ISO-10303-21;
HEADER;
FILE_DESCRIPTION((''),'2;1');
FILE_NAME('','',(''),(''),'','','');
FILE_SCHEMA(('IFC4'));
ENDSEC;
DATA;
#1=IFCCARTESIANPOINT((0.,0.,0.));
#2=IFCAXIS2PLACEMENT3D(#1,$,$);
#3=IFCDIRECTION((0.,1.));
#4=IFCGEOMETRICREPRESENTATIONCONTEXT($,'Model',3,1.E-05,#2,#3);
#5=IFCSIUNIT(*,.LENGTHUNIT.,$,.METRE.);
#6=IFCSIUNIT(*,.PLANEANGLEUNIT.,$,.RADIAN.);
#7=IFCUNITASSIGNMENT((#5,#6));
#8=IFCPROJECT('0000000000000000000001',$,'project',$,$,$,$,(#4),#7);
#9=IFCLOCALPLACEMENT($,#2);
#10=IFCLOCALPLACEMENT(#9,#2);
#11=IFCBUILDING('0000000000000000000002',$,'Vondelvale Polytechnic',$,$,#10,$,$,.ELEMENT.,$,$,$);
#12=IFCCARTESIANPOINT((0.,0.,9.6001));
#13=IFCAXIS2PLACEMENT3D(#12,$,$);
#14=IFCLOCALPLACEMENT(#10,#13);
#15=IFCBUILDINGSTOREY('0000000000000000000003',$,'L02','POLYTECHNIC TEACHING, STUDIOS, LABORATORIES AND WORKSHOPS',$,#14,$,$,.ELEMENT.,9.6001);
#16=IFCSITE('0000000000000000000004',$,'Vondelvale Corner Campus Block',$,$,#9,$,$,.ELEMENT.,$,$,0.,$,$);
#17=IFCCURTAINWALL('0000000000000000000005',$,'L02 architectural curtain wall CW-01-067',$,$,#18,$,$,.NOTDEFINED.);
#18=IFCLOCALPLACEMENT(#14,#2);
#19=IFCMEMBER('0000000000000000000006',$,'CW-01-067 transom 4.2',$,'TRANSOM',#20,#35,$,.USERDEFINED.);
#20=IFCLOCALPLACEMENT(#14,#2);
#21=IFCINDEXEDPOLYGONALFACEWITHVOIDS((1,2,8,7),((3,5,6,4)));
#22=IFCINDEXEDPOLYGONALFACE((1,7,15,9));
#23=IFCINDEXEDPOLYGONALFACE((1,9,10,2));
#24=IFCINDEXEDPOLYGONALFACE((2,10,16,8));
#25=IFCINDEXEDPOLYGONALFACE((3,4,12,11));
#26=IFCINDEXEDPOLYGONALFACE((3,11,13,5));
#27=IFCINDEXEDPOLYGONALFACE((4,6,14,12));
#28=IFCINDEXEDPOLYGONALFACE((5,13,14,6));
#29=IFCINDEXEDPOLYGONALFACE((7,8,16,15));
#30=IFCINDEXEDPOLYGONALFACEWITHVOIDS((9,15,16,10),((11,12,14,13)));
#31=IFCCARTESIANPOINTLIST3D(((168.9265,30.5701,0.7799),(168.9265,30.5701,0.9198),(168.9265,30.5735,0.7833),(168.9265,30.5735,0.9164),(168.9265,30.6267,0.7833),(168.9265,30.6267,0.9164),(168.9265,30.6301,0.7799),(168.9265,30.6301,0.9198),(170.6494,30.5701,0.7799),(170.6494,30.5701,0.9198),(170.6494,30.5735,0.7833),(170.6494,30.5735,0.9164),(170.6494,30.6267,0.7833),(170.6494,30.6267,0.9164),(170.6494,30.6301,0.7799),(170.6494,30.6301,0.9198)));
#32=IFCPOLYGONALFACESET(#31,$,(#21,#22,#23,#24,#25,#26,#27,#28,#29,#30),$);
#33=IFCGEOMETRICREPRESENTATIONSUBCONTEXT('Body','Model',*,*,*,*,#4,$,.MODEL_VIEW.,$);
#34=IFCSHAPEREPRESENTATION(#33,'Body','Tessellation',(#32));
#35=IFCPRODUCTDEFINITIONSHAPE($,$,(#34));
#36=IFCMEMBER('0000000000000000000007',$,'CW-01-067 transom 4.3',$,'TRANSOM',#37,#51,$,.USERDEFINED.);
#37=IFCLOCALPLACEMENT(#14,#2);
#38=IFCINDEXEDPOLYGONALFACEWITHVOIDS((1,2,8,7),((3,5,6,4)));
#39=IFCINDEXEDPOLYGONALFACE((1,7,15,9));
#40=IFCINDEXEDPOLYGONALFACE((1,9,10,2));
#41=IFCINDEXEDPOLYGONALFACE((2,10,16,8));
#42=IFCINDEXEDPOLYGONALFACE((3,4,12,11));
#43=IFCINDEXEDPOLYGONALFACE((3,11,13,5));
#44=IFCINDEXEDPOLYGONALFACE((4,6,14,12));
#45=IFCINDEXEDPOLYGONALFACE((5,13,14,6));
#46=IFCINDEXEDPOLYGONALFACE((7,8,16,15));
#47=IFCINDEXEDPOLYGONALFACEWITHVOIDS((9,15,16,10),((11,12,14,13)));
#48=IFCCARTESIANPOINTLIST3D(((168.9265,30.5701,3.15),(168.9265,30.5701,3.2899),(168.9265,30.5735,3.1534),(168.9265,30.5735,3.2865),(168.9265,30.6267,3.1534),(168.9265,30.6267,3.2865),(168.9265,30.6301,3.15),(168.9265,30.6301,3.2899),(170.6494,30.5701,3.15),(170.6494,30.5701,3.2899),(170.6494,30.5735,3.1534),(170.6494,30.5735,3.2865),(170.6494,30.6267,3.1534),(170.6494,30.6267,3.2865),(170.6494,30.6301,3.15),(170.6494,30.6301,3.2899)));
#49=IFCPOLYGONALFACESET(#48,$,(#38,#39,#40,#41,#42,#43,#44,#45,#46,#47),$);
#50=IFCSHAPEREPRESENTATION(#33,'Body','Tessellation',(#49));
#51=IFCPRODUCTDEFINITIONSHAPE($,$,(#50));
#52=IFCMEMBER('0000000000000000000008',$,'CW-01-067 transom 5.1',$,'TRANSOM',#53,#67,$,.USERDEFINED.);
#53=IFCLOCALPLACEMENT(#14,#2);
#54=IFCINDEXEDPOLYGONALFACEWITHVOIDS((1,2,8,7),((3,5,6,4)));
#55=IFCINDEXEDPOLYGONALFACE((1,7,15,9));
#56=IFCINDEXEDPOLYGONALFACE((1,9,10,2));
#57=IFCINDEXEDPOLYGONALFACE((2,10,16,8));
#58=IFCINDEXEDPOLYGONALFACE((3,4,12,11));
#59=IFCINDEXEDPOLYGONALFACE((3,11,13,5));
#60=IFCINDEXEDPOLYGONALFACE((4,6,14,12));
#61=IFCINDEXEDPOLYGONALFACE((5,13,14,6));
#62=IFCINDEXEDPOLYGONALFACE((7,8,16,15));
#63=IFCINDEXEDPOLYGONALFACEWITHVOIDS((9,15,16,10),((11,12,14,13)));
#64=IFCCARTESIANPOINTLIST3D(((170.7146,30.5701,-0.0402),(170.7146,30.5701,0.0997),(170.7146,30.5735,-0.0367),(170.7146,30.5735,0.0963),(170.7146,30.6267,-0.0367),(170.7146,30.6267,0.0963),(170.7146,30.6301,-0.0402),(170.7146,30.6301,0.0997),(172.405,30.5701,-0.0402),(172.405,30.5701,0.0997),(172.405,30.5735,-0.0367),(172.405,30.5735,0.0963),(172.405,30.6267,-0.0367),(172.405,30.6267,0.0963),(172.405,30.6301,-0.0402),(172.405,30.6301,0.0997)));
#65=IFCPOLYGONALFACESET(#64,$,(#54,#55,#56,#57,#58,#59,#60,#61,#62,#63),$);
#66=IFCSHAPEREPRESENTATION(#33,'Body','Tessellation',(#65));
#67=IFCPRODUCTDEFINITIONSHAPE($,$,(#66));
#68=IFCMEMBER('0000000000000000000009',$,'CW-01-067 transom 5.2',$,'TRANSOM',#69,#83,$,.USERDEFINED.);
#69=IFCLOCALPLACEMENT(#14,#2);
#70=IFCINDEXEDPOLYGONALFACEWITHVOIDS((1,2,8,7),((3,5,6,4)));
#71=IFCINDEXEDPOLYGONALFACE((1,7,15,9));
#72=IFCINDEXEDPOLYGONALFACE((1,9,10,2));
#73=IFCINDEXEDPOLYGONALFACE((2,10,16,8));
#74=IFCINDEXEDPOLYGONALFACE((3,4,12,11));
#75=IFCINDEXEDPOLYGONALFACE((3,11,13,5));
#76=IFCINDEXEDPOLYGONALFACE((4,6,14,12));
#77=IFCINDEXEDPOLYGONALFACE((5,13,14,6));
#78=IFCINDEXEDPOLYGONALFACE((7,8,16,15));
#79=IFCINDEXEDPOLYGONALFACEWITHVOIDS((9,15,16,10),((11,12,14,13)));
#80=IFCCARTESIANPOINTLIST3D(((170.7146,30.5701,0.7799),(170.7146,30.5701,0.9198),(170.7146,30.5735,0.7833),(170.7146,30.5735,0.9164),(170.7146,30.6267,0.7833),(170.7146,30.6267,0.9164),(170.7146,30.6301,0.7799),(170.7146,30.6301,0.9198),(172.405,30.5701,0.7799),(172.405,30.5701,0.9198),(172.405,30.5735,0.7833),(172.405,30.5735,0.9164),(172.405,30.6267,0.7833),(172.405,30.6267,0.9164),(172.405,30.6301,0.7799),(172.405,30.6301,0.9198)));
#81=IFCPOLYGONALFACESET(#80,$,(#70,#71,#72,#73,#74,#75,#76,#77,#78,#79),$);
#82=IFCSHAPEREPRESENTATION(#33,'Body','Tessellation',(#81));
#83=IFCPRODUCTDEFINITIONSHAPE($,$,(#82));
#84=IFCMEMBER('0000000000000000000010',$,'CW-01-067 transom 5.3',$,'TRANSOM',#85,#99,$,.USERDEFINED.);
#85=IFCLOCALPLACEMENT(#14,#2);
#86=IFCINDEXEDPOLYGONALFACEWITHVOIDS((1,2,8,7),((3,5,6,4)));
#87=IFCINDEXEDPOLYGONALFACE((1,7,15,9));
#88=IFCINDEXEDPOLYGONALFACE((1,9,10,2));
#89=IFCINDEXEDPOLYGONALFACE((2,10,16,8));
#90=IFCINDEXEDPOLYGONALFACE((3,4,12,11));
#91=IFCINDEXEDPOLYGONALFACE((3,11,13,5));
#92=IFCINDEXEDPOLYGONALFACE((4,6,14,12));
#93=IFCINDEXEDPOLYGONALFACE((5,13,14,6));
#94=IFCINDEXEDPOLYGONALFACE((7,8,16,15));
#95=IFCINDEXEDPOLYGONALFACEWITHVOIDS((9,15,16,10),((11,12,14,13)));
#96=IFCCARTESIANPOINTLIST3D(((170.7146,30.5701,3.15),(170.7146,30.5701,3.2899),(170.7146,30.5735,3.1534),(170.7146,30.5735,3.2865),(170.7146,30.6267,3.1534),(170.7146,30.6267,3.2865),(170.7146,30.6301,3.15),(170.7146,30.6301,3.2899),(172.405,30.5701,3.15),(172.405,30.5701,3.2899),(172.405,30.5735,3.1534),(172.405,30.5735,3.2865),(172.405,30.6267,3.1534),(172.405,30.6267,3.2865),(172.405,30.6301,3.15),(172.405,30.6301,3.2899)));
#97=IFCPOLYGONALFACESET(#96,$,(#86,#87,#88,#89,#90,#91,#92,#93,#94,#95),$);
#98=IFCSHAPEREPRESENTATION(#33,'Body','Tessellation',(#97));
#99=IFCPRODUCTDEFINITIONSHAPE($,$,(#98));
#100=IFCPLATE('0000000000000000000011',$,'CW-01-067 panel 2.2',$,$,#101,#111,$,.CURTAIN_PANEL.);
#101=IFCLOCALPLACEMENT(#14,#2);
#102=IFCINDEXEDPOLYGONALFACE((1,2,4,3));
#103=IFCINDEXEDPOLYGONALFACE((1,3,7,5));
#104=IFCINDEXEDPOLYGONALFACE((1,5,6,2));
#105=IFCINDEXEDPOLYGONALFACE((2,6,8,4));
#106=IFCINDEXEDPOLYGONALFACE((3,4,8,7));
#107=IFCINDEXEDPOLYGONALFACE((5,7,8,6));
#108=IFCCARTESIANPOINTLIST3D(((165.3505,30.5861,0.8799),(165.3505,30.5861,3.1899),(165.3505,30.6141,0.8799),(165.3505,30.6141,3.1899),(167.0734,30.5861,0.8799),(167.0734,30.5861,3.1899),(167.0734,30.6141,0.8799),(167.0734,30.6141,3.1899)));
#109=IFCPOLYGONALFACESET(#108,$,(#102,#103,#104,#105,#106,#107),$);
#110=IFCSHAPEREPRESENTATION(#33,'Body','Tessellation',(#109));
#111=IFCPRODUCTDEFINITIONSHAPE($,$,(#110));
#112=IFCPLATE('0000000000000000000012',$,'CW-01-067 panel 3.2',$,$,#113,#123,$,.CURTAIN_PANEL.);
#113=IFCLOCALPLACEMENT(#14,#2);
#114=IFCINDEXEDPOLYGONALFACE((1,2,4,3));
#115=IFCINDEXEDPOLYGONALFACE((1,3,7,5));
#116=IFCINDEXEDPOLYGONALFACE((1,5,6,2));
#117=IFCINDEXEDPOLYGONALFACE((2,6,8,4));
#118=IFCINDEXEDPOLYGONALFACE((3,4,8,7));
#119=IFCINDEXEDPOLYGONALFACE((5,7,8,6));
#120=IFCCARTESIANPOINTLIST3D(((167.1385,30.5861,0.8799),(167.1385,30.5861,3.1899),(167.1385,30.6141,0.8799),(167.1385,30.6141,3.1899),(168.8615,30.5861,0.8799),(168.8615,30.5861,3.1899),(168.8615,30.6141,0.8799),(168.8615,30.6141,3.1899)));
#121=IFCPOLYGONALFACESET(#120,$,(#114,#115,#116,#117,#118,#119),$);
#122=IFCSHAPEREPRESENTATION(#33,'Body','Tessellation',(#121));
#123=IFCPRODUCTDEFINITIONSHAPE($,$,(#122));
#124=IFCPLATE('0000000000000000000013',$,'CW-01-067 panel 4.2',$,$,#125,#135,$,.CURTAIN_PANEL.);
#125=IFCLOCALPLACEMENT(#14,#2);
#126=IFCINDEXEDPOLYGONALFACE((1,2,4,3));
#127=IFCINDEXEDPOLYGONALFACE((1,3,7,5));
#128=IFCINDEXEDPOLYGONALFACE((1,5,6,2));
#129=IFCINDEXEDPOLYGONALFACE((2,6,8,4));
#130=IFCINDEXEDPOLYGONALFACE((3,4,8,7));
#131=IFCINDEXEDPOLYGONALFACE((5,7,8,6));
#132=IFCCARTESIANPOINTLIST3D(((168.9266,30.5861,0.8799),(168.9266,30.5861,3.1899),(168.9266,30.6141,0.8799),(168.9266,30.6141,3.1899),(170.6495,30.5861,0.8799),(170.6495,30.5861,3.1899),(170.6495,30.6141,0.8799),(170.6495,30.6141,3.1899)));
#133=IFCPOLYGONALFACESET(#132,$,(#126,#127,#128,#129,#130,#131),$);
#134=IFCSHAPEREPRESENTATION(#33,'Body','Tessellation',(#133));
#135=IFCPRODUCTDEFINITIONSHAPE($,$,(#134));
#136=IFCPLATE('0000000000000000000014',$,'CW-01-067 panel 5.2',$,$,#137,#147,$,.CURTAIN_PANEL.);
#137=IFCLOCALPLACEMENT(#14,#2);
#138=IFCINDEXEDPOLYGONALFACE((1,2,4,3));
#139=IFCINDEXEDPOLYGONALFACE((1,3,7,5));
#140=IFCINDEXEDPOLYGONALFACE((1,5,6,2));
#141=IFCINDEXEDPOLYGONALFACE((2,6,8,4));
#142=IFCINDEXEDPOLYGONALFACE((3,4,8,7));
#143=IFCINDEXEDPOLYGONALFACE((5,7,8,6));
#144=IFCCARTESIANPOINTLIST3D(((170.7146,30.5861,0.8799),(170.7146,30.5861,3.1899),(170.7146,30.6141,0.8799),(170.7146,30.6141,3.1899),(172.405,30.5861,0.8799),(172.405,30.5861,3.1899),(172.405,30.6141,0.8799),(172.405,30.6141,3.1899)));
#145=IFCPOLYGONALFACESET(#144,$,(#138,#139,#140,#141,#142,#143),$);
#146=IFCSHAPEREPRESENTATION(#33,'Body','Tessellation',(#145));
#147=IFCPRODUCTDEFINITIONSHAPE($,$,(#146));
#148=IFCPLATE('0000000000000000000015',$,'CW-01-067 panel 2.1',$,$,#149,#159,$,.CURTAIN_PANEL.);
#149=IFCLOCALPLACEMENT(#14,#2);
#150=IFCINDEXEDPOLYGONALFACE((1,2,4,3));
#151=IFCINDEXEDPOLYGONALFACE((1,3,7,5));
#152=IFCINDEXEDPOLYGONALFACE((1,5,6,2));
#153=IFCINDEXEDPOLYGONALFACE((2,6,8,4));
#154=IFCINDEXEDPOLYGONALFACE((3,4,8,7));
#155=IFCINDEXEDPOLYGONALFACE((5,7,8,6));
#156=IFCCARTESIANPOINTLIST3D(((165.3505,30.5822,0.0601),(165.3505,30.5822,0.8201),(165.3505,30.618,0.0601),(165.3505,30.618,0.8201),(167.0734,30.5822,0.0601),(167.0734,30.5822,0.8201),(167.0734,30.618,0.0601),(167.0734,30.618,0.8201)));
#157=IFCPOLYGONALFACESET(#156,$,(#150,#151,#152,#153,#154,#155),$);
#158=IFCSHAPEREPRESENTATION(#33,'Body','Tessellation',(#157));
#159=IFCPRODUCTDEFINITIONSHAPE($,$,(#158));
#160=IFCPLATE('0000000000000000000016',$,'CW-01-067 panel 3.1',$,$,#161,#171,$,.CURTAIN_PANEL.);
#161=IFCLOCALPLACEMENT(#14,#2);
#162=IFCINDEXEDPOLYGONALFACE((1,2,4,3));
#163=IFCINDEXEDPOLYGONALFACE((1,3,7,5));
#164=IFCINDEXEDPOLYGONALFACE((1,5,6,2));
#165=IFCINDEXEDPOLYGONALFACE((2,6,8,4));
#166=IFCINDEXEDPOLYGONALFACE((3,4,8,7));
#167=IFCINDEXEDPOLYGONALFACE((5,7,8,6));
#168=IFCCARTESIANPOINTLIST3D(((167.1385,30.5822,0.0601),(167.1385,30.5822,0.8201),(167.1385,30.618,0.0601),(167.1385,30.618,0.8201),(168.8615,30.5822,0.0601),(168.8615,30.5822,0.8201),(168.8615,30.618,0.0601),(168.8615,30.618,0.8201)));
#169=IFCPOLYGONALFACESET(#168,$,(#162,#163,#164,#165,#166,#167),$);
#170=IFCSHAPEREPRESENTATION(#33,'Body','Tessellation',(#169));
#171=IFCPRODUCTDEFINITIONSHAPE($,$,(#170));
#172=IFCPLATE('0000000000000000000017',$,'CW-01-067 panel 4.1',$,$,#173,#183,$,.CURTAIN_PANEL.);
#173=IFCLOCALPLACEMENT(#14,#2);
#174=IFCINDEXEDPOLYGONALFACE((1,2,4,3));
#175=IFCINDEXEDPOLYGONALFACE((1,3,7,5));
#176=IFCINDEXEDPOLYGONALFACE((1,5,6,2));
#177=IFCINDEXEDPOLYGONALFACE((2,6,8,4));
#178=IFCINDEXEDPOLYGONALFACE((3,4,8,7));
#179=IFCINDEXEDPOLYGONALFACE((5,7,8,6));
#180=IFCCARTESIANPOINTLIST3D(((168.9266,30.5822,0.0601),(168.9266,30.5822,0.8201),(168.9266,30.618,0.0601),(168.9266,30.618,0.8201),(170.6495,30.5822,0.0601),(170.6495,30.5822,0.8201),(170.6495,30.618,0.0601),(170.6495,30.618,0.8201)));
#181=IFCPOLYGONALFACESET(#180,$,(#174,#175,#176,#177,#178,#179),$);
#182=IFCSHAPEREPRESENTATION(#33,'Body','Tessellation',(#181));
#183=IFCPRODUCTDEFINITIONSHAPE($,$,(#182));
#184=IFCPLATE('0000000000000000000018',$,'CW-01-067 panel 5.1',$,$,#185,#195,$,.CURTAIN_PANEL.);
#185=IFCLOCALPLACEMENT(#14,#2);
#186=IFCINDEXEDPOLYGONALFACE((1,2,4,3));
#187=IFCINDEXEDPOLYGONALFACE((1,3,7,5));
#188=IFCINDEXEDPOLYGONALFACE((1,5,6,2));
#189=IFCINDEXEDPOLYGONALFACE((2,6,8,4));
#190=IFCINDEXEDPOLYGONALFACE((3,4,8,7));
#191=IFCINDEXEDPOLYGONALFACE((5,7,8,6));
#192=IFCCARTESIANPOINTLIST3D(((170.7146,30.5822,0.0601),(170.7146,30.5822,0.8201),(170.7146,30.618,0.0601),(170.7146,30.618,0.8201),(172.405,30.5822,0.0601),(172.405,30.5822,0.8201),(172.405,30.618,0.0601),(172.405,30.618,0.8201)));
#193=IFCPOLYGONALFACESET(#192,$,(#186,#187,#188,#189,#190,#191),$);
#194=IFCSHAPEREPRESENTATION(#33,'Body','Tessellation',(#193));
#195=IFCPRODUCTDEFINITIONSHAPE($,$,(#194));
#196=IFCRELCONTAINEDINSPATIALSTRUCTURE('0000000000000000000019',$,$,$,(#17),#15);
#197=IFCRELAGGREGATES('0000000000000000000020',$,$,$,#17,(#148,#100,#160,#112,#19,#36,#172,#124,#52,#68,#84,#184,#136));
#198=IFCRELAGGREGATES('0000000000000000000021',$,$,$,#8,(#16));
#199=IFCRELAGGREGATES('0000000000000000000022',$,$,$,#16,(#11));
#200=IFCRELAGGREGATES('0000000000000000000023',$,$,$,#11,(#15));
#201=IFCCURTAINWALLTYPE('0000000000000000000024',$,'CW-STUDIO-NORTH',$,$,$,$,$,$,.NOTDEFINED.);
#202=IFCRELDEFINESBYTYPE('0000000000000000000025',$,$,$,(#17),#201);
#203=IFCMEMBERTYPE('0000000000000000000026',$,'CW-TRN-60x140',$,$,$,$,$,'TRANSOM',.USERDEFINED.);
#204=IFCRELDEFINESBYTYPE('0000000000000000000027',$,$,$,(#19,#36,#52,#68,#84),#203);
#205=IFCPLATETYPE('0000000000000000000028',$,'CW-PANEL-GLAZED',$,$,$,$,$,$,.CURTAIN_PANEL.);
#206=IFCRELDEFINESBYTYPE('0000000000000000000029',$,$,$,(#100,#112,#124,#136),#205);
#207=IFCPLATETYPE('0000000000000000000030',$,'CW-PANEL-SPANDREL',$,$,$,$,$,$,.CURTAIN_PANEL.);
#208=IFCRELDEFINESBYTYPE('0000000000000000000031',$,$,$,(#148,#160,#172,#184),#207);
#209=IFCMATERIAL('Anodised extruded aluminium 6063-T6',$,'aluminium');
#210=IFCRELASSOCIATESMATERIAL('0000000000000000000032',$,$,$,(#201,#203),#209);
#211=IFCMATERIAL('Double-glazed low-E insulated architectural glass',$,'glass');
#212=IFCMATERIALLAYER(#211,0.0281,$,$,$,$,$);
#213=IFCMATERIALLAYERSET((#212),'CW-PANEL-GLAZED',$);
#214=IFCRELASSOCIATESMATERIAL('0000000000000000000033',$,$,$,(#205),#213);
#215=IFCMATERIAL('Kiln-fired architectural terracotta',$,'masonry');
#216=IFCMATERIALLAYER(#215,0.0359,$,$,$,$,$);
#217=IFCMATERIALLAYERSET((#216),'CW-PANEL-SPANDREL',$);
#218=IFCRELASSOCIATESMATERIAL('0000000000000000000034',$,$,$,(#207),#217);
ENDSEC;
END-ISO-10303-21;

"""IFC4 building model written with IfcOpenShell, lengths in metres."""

from ifc_helpers import new_model, si_unit, direction, frame, origin, origin_2d, place, context, subcontext, project, spatial, rectangle, hollow_rectangle, extrude, material, layer, layer_set, material_profile, profile_set, type_object, element, aggregate, save


model = new_model("IFC4")

# Units and contexts
model_context = context("Model", 3, precision=1e-05, world=origin(), true_north=direction((0.0, 1.0)))
body_context = subcontext(model_context, "Body", "Model", "MODEL_VIEW")
ifc_project = project(units=[si_unit("LENGTHUNIT", "METRE"), si_unit("PLANEANGLEUNIT", "RADIAN")], contexts=[model_context])

# Site, building, storey
site_placement = place(None, origin())
site = spatial("IfcSite", under=ifc_project, at=site_placement, Name="Vondelvale Corner Campus Block", CompositionType="ELEMENT", RefElevation=0.0)
building_placement = place(site_placement, origin())
building = spatial("IfcBuilding", under=site, at=building_placement, Name="Vondelvale Polytechnic", CompositionType="ELEMENT")
storey_placement = place(building_placement, frame((0.0, 0.0, 9.6001)))
storey = spatial("IfcBuildingStorey", under=building, at=storey_placement, Name="L02", Description="POLYTECHNIC TEACHING, STUDIOS, LABORATORIES AND WORKSHOPS", CompositionType="ELEMENT", Elevation=9.6001)

# Curtain wall, members, plates
ifc_material_1 = material(Name="Anodised extruded aluminium 6063-T6", Category="aluminium")
curtain_wall_type = type_object("IfcCurtainWallType", Name="CW-STUDIO-NORTH", PredefinedType="NOTDEFINED", material=ifc_material_1)
curtain_wall_placement = place(storey_placement, origin())
curtain_wall = element("IfcCurtainWall", 1, at=curtain_wall_placement, inside=storey, type_object=curtain_wall_type, Name="L02 architectural curtain wall CW-01-067", PredefinedType="NOTDEFINED")
ifc_material_profile_1 = material_profile(ifc_material_1, hollow_rectangle(XDim=0.0601, YDim=0.1399, WallThickness=0.0034, at=origin_2d()), Name="CW-TRN-140x60")
ifc_profile_set_1 = profile_set([ifc_material_profile_1], Name="Anodised extruded aluminium 6063-T6")
member_type_1 = type_object("IfcMemberType", Name="CW-TRN-60x140", ElementType="TRANSOM", PredefinedType="USERDEFINED", material=ifc_profile_set_1)
member_1_placement = place(storey_placement, frame((168.9265, 30.6001, 0.8499), z_axis=(1.0, 0.0, 0.0), x_axis=(0.0, 1.0, 0.0)))
member_1 = element("IfcMember", 2, at=member_1_placement, type_object=member_type_1, Name="CW-01-067 transom 4.2", ObjectType="TRANSOM", PredefinedType="USERDEFINED", context=body_context, shape_type="SweptSolid", body=[
    extrude(hollow_rectangle(XDim=0.0601, YDim=0.1399, WallThickness=0.0034, at=origin_2d()), origin(), (0.0, 0.0, 1.0), 1.7229),
])
member_2_placement = place(storey_placement, frame((168.9265, 30.6001, 3.22), z_axis=(1.0, 0.0, 0.0), x_axis=(0.0, 1.0, 0.0)))
member_2 = element("IfcMember", 3, at=member_2_placement, type_object=member_type_1, Name="CW-01-067 transom 4.3", ObjectType="TRANSOM", PredefinedType="USERDEFINED", context=body_context, shape_type="SweptSolid", body=[
    extrude(hollow_rectangle(XDim=0.0601, YDim=0.1399, WallThickness=0.0034, at=origin_2d()), origin(), (0.0, 0.0, 1.0), 1.7229),
])
member_3_placement = place(storey_placement, frame((170.7146, 30.6001, 0.0298), z_axis=(1.0, 0.0, 0.0), x_axis=(0.0, 1.0, 0.0)))
member_3 = element("IfcMember", 4, at=member_3_placement, type_object=member_type_1, Name="CW-01-067 transom 5.1", ObjectType="TRANSOM", PredefinedType="USERDEFINED", context=body_context, shape_type="SweptSolid", body=[
    extrude(hollow_rectangle(XDim=0.0601, YDim=0.1399, WallThickness=0.0034, at=origin_2d()), origin(), (0.0, 0.0, 1.0), 1.6904),
])
member_4_placement = place(storey_placement, frame((170.7146, 30.6001, 0.8499), z_axis=(1.0, 0.0, 0.0), x_axis=(0.0, 1.0, 0.0)))
member_4 = element("IfcMember", 5, at=member_4_placement, type_object=member_type_1, Name="CW-01-067 transom 5.2", ObjectType="TRANSOM", PredefinedType="USERDEFINED", context=body_context, shape_type="SweptSolid", body=[
    extrude(hollow_rectangle(XDim=0.0601, YDim=0.1399, WallThickness=0.0034, at=origin_2d()), origin(), (0.0, 0.0, 1.0), 1.6904),
])
member_5_placement = place(storey_placement, frame((170.7146, 30.6001, 3.22), z_axis=(1.0, 0.0, 0.0), x_axis=(0.0, 1.0, 0.0)))
member_5 = element("IfcMember", 6, at=member_5_placement, type_object=member_type_1, Name="CW-01-067 transom 5.3", ObjectType="TRANSOM", PredefinedType="USERDEFINED", context=body_context, shape_type="SweptSolid", body=[
    extrude(hollow_rectangle(XDim=0.0601, YDim=0.1399, WallThickness=0.0034, at=origin_2d()), origin(), (0.0, 0.0, 1.0), 1.6904),
])
ifc_material_2 = material(Name="Double-glazed low-E insulated architectural glass", Category="glass")
ifc_layer_1 = layer(ifc_material_2, 0.0281)
ifc_layer_set_1 = layer_set([ifc_layer_1], Name="CW-PANEL-GLAZED")
plate_type_1 = type_object("IfcPlateType", Name="CW-PANEL-GLAZED", PredefinedType="CURTAIN_PANEL", material=ifc_layer_set_1)
plate_1_placement = place(storey_placement, frame((166.2119, 30.6001, 0.8799), z_axis=(0.0, 0.0, 1.0), x_axis=(1.0, 0.0, 0.0)))
plate_1 = element("IfcPlate", 7, at=plate_1_placement, type_object=plate_type_1, Name="CW-01-067 panel 2.2", PredefinedType="CURTAIN_PANEL", context=body_context, shape_type="SweptSolid", body=[
    extrude(rectangle(XDim=1.7229, YDim=0.0281, at=origin_2d()), origin(), (0.0, 0.0, 1.0), 2.3101),
])
plate_2_placement = place(storey_placement, frame((168.0, 30.6001, 0.8799), z_axis=(0.0, 0.0, 1.0), x_axis=(1.0, 0.0, 0.0)))
plate_2 = element("IfcPlate", 8, at=plate_2_placement, type_object=plate_type_1, Name="CW-01-067 panel 3.2", PredefinedType="CURTAIN_PANEL", context=body_context, shape_type="SweptSolid", body=[
    extrude(rectangle(XDim=1.7229, YDim=0.0281, at=origin_2d()), origin(), (0.0, 0.0, 1.0), 2.3101),
])
plate_3_placement = place(storey_placement, frame((169.7881, 30.6001, 0.8799), z_axis=(0.0, 0.0, 1.0), x_axis=(1.0, 0.0, 0.0)))
plate_3 = element("IfcPlate", 9, at=plate_3_placement, type_object=plate_type_1, Name="CW-01-067 panel 4.2", PredefinedType="CURTAIN_PANEL", context=body_context, shape_type="SweptSolid", body=[
    extrude(rectangle(XDim=1.7229, YDim=0.0281, at=origin_2d()), origin(), (0.0, 0.0, 1.0), 2.3101),
])
plate_4_placement = place(storey_placement, frame((171.5598, 30.6001, 0.8799), z_axis=(0.0, 0.0, 1.0), x_axis=(1.0, 0.0, 0.0)))
plate_4 = element("IfcPlate", 10, at=plate_4_placement, type_object=plate_type_1, Name="CW-01-067 panel 5.2", PredefinedType="CURTAIN_PANEL", context=body_context, shape_type="SweptSolid", body=[
    extrude(rectangle(XDim=1.6904, YDim=0.0281, at=origin_2d()), origin(), (0.0, 0.0, 1.0), 2.3101),
])
ifc_material_3 = material(Name="Kiln-fired architectural terracotta", Category="masonry")
ifc_layer_2 = layer(ifc_material_3, 0.0359)
ifc_layer_set_2 = layer_set([ifc_layer_2], Name="CW-PANEL-SPANDREL")
plate_type_2 = type_object("IfcPlateType", Name="CW-PANEL-SPANDREL", PredefinedType="CURTAIN_PANEL", material=ifc_layer_set_2)
plate_5_placement = place(storey_placement, frame((166.2119, 30.6001, 0.0601), z_axis=(0.0, 0.0, 1.0), x_axis=(1.0, 0.0, 0.0)))
plate_5 = element("IfcPlate", 11, at=plate_5_placement, type_object=plate_type_2, Name="CW-01-067 panel 2.1", PredefinedType="CURTAIN_PANEL", context=body_context, shape_type="SweptSolid", body=[
    extrude(rectangle(XDim=1.7229, YDim=0.0359, at=origin_2d()), origin(), (0.0, 0.0, 1.0), 0.76),
])
plate_6_placement = place(storey_placement, frame((168.0, 30.6001, 0.0601), z_axis=(0.0, 0.0, 1.0), x_axis=(1.0, 0.0, 0.0)))
plate_6 = element("IfcPlate", 12, at=plate_6_placement, type_object=plate_type_2, Name="CW-01-067 panel 3.1", PredefinedType="CURTAIN_PANEL", context=body_context, shape_type="SweptSolid", body=[
    extrude(rectangle(XDim=1.7229, YDim=0.0359, at=origin_2d()), origin(), (0.0, 0.0, 1.0), 0.76),
])
plate_7_placement = place(storey_placement, frame((169.7881, 30.6001, 0.0601), z_axis=(0.0, 0.0, 1.0), x_axis=(1.0, 0.0, 0.0)))
plate_7 = element("IfcPlate", 13, at=plate_7_placement, type_object=plate_type_2, Name="CW-01-067 panel 4.1", PredefinedType="CURTAIN_PANEL", context=body_context, shape_type="SweptSolid", body=[
    extrude(rectangle(XDim=1.7229, YDim=0.0359, at=origin_2d()), origin(), (0.0, 0.0, 1.0), 0.76),
])
plate_8_placement = place(storey_placement, frame((171.5598, 30.6001, 0.0601), z_axis=(0.0, 0.0, 1.0), x_axis=(1.0, 0.0, 0.0)))
plate_8 = element("IfcPlate", 14, at=plate_8_placement, type_object=plate_type_2, Name="CW-01-067 panel 5.1", PredefinedType="CURTAIN_PANEL", context=body_context, shape_type="SweptSolid", body=[
    extrude(rectangle(XDim=1.6904, YDim=0.0359, at=origin_2d()), origin(), (0.0, 0.0, 1.0), 0.76),
])
aggregate(curtain_wall, [plate_5, plate_1, plate_6, plate_2, member_1, member_2, plate_7, plate_3, member_3, member_4, member_5, plate_8, plate_4])

save(model, "model.ifc")
